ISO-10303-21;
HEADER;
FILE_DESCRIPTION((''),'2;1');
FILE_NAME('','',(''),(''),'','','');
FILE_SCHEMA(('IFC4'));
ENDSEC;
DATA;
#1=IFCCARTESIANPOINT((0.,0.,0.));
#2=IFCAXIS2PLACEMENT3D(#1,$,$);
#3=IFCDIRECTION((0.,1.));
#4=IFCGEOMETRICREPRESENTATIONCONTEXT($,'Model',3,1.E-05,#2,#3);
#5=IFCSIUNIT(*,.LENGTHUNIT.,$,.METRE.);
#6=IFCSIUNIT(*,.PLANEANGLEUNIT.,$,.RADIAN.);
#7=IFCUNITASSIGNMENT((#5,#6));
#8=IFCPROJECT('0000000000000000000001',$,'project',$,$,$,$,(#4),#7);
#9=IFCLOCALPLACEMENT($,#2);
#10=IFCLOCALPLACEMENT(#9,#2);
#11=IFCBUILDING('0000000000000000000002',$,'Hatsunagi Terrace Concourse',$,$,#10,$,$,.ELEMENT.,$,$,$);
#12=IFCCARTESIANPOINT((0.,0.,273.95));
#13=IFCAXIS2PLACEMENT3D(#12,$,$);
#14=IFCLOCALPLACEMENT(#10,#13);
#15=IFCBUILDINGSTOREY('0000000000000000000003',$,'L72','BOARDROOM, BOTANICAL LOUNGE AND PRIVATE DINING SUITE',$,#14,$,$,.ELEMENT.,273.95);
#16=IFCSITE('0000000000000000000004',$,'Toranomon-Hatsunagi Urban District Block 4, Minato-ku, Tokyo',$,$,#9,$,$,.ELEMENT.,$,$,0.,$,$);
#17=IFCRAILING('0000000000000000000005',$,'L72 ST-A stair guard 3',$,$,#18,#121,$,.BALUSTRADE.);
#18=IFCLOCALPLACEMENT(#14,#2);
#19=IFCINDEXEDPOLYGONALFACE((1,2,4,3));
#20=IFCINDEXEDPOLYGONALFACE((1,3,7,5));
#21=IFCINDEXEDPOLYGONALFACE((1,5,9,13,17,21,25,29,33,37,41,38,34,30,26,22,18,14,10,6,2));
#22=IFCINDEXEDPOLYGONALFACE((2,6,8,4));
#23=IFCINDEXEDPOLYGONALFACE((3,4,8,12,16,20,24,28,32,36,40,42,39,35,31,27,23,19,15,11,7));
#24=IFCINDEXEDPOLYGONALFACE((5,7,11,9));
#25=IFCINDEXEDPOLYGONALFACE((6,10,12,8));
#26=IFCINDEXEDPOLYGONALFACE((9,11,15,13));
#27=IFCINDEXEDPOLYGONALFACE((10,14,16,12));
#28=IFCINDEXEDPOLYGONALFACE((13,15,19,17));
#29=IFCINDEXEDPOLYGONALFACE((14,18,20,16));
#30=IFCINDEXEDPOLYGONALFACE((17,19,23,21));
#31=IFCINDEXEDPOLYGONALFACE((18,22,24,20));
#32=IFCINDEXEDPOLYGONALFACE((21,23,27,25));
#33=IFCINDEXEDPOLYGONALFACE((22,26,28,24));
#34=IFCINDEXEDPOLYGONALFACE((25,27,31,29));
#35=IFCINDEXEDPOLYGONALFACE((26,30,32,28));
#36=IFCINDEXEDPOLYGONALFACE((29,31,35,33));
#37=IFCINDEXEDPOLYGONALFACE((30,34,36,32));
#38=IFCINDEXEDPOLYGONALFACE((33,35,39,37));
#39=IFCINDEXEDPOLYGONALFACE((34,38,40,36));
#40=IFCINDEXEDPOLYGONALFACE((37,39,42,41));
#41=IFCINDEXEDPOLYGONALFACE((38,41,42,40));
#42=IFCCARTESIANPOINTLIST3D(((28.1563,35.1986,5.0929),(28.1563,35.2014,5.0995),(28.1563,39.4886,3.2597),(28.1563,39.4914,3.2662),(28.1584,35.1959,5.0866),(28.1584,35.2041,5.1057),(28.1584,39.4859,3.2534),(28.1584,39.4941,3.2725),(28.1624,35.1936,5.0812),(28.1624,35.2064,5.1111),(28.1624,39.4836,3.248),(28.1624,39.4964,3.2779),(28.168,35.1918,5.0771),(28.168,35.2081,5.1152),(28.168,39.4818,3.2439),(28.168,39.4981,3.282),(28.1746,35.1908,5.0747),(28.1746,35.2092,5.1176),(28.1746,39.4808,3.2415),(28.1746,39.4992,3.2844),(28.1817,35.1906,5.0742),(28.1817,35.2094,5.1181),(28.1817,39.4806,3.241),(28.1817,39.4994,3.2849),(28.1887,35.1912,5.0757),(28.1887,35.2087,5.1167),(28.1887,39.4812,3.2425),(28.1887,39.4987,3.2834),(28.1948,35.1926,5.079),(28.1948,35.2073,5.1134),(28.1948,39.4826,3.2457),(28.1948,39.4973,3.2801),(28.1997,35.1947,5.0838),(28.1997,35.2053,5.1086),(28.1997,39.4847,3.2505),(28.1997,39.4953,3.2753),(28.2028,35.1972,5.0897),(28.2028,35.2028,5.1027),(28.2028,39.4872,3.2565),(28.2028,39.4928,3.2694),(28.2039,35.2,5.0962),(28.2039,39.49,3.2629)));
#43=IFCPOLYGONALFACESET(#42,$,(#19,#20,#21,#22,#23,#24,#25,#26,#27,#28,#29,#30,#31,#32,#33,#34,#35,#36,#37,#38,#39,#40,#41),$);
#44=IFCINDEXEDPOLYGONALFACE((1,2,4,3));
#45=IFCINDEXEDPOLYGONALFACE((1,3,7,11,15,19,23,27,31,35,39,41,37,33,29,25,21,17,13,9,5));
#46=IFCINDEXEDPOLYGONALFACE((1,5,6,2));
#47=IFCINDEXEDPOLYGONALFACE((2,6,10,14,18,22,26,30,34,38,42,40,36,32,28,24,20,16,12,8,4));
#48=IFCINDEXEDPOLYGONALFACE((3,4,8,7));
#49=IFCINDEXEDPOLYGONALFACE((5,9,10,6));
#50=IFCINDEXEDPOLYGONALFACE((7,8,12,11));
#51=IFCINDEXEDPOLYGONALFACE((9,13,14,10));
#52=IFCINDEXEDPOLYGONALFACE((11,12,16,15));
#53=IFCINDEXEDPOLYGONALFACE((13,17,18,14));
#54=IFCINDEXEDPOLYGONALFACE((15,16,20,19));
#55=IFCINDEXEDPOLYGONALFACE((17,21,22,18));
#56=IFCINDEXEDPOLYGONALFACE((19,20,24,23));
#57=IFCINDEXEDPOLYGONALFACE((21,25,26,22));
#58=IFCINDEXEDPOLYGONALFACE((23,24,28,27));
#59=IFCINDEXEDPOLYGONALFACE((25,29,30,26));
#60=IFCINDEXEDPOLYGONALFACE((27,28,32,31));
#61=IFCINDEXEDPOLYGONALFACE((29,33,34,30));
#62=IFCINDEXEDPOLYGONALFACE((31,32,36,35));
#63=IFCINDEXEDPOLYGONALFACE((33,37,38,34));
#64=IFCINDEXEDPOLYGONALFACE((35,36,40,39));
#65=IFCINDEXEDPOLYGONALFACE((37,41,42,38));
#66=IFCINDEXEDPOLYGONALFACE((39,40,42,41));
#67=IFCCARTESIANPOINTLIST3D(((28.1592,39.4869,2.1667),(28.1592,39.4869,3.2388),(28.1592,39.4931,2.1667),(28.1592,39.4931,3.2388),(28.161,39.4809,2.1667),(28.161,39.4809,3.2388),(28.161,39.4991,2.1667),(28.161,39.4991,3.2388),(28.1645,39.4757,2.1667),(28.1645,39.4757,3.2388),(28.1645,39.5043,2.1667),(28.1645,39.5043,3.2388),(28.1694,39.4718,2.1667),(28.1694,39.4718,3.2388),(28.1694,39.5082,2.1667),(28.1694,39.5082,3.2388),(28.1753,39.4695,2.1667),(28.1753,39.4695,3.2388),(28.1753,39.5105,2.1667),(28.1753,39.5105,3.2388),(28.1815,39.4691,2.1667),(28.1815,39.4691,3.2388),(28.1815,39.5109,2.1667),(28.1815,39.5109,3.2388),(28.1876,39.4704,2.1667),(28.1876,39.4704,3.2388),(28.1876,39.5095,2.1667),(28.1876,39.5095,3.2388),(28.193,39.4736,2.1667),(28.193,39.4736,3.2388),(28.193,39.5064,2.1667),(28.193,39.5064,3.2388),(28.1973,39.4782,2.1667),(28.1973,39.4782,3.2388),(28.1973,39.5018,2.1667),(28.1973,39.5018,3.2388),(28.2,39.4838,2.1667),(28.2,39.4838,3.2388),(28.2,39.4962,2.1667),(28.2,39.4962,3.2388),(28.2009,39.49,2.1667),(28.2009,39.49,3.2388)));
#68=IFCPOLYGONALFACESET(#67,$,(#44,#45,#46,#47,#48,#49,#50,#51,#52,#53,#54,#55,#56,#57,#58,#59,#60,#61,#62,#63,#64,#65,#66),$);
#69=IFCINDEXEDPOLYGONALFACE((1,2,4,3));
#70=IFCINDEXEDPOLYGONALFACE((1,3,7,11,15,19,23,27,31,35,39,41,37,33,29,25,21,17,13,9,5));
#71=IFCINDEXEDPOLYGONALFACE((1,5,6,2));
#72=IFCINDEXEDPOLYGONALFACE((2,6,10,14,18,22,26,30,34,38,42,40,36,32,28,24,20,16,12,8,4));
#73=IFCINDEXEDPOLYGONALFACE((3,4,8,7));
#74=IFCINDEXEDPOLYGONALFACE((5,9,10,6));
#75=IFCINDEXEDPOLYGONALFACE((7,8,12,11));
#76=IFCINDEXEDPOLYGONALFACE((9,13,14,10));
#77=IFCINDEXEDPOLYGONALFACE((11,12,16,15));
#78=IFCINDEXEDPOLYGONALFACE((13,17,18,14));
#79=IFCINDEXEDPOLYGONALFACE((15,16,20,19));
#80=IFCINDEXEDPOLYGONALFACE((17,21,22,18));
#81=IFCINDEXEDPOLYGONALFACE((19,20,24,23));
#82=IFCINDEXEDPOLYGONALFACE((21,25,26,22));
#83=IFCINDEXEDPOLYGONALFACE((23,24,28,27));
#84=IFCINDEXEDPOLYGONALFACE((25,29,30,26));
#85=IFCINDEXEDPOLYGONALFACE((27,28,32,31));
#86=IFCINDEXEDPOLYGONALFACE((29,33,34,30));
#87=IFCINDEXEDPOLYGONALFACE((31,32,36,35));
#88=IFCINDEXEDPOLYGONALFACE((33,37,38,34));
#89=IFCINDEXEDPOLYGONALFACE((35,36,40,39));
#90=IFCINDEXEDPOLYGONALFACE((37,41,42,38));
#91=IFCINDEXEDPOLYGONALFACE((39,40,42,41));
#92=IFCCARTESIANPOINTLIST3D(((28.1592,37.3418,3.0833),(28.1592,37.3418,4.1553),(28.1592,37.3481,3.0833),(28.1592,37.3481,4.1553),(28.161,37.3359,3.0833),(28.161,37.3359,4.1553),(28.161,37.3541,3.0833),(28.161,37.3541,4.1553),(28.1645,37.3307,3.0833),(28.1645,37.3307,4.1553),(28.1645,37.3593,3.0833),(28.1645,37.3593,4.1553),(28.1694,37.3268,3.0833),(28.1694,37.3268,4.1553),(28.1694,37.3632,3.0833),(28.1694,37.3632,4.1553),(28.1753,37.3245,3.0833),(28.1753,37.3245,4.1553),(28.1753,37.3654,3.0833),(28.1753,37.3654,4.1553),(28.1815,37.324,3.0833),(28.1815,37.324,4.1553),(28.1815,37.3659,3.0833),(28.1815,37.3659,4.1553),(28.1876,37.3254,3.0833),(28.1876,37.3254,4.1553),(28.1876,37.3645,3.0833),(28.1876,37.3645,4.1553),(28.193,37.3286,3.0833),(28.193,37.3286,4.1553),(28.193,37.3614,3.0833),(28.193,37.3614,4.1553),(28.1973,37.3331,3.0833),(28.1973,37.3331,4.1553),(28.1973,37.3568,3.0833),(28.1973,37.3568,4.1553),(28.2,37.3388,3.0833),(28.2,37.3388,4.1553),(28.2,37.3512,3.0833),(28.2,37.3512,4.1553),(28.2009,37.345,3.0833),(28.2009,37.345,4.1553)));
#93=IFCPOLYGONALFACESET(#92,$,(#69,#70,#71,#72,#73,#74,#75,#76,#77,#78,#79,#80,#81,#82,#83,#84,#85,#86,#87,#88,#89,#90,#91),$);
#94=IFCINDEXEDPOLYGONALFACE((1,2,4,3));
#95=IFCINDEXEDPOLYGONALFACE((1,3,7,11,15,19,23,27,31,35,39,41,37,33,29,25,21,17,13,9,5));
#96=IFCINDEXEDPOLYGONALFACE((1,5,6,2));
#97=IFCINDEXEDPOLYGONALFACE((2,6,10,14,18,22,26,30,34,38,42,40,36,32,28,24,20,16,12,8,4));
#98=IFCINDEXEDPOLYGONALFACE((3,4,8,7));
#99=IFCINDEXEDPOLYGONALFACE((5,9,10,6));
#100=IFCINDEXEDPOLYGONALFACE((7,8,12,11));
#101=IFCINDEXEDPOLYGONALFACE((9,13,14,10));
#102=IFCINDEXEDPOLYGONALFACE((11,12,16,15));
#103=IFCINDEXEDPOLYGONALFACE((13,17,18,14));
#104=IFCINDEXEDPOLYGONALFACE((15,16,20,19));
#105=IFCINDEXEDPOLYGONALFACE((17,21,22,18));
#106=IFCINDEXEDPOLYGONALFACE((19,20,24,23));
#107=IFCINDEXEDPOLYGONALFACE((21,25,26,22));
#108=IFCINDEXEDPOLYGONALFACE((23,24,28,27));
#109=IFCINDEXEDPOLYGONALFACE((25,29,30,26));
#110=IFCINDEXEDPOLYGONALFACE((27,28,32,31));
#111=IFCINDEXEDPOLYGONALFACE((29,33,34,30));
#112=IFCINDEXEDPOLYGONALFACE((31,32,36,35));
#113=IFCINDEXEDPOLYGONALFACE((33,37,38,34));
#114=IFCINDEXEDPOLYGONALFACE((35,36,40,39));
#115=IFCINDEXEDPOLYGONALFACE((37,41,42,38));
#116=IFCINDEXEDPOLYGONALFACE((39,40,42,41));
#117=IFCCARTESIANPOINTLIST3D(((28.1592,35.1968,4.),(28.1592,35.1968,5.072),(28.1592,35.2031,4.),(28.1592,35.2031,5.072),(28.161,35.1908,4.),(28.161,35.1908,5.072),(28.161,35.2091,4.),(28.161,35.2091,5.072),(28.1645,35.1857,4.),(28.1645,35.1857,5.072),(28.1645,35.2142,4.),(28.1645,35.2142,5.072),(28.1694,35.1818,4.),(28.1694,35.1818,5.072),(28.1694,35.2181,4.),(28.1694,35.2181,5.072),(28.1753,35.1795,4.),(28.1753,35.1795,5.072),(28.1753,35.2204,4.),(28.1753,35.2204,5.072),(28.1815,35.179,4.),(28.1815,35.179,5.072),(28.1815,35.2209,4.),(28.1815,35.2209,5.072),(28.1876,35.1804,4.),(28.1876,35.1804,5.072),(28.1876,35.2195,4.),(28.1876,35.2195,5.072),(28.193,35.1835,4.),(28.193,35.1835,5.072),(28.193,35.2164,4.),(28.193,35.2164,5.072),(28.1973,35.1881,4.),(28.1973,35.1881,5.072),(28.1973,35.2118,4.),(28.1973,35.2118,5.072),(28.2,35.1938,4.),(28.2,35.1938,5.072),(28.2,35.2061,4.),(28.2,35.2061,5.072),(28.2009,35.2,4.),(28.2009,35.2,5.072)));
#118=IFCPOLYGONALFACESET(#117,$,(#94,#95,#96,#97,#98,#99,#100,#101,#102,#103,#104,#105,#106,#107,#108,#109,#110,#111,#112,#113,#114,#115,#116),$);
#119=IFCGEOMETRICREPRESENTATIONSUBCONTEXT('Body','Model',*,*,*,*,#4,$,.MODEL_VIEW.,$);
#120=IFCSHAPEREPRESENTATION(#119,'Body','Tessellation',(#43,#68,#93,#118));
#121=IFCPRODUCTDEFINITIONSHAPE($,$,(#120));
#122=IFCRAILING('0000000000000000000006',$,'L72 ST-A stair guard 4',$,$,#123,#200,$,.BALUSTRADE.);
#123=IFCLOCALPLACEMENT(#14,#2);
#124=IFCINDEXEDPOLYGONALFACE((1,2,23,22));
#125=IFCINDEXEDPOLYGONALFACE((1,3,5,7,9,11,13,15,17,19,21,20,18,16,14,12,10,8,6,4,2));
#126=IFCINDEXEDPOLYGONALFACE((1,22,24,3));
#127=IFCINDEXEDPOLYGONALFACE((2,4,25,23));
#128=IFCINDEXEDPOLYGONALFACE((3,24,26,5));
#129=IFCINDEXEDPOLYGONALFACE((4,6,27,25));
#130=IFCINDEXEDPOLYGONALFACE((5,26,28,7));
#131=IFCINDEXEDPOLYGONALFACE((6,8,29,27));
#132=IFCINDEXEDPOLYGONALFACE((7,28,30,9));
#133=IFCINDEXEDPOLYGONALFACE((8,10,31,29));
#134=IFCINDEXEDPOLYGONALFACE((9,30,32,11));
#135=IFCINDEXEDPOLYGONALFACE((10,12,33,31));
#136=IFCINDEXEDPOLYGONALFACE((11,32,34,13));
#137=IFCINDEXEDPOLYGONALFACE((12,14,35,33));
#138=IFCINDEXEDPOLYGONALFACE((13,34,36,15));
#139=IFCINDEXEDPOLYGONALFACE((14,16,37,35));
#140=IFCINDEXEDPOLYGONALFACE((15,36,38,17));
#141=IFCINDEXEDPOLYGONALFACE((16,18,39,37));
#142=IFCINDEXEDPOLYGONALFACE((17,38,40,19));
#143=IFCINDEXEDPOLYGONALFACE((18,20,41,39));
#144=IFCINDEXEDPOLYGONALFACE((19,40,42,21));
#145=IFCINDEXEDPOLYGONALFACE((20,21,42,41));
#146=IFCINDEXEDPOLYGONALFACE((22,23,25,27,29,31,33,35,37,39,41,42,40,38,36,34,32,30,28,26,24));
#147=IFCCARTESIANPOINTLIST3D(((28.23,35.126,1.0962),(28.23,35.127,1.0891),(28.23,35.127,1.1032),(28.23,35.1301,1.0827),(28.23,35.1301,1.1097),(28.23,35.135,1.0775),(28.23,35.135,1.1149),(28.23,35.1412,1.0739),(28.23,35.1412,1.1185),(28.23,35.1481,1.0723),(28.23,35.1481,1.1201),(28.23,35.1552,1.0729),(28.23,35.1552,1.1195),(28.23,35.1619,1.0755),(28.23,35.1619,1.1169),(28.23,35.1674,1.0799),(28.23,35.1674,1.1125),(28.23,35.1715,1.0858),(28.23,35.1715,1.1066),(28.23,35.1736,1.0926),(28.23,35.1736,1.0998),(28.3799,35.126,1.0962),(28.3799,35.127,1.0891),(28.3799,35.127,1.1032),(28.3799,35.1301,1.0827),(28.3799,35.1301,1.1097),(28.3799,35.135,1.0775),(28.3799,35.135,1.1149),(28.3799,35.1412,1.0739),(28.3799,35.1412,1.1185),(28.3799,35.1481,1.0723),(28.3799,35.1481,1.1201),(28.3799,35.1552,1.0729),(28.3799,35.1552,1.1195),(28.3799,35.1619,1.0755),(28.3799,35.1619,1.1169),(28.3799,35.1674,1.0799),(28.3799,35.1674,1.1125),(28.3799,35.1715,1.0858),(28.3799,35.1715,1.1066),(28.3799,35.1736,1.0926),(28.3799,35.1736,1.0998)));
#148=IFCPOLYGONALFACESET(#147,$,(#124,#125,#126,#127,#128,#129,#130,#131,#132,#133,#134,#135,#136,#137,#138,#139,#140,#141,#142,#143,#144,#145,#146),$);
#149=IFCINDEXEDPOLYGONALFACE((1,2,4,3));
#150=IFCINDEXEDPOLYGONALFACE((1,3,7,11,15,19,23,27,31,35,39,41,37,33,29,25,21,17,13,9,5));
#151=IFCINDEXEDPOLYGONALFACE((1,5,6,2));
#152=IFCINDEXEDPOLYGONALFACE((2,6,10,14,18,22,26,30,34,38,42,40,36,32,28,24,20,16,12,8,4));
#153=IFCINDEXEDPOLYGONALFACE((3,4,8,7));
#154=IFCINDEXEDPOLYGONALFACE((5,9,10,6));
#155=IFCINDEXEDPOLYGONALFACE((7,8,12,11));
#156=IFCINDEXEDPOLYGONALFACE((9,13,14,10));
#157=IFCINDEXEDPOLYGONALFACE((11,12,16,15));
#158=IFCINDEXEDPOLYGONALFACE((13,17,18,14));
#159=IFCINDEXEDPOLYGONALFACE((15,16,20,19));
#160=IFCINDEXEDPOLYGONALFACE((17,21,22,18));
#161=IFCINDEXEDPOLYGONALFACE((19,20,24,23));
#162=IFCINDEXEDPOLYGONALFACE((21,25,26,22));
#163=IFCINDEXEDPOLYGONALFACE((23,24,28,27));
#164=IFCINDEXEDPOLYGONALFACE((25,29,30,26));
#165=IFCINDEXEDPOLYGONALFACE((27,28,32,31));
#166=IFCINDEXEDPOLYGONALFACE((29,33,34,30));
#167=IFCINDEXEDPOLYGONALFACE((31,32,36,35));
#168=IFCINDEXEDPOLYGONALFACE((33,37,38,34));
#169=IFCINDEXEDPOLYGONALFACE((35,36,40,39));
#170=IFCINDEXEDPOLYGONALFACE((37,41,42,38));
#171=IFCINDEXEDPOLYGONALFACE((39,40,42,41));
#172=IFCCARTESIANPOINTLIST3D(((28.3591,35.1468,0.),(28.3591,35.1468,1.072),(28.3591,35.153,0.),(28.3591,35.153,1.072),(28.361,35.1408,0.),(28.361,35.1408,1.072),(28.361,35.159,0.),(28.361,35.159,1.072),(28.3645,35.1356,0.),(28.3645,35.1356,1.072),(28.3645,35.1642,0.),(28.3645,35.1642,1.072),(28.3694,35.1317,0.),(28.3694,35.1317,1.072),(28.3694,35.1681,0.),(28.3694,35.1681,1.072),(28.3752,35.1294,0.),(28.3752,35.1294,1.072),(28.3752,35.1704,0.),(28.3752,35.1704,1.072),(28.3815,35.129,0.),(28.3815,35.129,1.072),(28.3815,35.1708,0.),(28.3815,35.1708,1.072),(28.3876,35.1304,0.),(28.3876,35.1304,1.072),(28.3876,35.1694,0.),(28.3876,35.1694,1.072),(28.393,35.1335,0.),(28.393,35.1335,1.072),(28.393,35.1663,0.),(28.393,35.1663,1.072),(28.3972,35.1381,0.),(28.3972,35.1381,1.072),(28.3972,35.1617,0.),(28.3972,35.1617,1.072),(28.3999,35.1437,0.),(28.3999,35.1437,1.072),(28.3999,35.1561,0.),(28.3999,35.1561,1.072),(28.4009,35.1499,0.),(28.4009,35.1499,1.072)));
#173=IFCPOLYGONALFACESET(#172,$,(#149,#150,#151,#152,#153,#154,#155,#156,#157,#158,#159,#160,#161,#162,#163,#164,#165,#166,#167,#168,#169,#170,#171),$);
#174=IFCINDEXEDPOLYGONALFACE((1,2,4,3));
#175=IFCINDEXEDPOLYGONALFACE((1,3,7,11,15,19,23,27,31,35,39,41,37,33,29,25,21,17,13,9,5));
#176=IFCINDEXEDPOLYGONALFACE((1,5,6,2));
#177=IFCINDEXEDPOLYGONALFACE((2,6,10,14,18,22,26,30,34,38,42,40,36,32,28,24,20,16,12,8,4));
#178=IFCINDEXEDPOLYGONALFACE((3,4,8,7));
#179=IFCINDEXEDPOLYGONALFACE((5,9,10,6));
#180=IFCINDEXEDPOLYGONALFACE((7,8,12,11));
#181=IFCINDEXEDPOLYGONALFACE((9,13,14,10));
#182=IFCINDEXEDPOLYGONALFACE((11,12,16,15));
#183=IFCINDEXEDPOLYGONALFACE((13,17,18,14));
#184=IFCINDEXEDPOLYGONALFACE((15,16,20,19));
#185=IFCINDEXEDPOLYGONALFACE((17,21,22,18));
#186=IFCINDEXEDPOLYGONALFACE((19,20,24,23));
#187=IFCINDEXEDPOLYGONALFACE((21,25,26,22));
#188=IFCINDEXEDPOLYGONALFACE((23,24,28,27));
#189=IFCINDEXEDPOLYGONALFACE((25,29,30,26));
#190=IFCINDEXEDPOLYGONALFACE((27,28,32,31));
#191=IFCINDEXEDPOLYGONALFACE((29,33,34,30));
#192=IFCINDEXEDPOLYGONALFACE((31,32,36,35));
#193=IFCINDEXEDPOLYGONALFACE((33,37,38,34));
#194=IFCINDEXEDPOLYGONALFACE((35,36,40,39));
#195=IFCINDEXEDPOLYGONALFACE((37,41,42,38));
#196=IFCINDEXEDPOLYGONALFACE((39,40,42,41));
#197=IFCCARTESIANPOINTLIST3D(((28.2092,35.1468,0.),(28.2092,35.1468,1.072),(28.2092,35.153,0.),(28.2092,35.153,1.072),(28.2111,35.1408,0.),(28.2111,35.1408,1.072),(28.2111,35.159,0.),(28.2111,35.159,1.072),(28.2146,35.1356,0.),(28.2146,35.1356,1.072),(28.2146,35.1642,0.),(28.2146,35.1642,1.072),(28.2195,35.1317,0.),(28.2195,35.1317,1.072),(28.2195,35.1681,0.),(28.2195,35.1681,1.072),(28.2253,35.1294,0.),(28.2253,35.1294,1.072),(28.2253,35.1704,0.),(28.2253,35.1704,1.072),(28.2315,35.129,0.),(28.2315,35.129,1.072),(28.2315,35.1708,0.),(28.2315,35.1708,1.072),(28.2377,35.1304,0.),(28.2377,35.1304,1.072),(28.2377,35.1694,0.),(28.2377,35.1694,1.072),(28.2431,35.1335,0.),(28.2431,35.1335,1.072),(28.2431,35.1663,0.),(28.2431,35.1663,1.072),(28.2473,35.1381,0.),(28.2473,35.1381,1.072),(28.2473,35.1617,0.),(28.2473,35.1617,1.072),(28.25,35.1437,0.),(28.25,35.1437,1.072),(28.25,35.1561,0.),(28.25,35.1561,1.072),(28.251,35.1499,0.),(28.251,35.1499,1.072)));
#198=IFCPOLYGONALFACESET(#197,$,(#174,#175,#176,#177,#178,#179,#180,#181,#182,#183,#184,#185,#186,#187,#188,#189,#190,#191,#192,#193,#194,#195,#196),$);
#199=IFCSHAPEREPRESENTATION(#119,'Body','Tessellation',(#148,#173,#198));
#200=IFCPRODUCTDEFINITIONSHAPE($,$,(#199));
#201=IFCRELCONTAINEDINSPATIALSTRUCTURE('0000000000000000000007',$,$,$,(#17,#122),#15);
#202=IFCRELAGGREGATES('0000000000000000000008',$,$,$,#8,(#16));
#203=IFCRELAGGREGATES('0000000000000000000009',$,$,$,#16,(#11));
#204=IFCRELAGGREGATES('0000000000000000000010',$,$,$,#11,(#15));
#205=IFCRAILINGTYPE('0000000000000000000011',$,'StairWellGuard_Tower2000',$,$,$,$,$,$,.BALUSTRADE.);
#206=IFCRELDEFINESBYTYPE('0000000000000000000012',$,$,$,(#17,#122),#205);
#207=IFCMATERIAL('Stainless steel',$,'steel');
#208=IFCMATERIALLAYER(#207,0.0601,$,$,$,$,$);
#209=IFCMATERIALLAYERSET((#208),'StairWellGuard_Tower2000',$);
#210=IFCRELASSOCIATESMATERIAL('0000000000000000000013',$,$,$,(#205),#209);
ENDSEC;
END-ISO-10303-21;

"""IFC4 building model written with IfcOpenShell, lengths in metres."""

from ifc_helpers import new_model, si_unit, direction, frame, origin, origin_2d, place, context, subcontext, project, spatial, circle, extrude, material, layer, layer_set, type_object, element, save


model = new_model("IFC4")

# Units and contexts
model_context = context("Model", 3, precision=1e-05, world=origin(), true_north=direction((0.0, 1.0)))
body_context = subcontext(model_context, "Body", "Model", "MODEL_VIEW")
ifc_project = project(units=[si_unit("LENGTHUNIT", "METRE"), si_unit("PLANEANGLEUNIT", "RADIAN")], contexts=[model_context])

# Site, building, storey
site_placement = place(None, origin())
site = spatial("IfcSite", under=ifc_project, at=site_placement, Name="Toranomon-Hatsunagi Urban District Block 4, Minato-ku, Tokyo", CompositionType="ELEMENT", RefElevation=0.0)
building_placement = place(site_placement, origin())
building = spatial("IfcBuilding", under=site, at=building_placement, Name="Hatsunagi Terrace Concourse", CompositionType="ELEMENT")
storey_placement = place(building_placement, frame((0.0, 0.0, 273.95)))
storey = spatial("IfcBuildingStorey", under=building, at=storey_placement, Name="L72", Description="BOARDROOM, BOTANICAL LOUNGE AND PRIVATE DINING SUITE", CompositionType="ELEMENT", Elevation=273.95)

# Railings
ifc_material_1 = material(Name="Stainless steel", Category="steel")
ifc_layer_1 = layer(ifc_material_1, 0.0601)
ifc_layer_set_1 = layer_set([ifc_layer_1], Name="StairWellGuard_Tower2000")
railing_type_1 = type_object("IfcRailingType", Name="StairWellGuard_Tower2000", PredefinedType="BALUSTRADE", material=ifc_layer_set_1)
railing_1_placement = place(storey_placement, frame((28.1799, 39.49, 2.1667)))
element("IfcRailing", 1, at=railing_1_placement, inside=storey, type_object=railing_type_1, Name="L72 ST-A stair guard 3", PredefinedType="BALUSTRADE", context=body_context, shape_type="SweptSolid", body=[
    extrude(circle(Radius=0.0239, at=origin_2d()), frame((0.0, 0.0, 1.0962), z_axis=(0.0, -0.919559, 0.392953), x_axis=(1.0, 0.0, 0.0)), (0.0, 0.0, 1.0), 4.6653),
    extrude(circle(Radius=0.021, at=origin_2d()), origin(), (0.0, 0.0, 1.0), 1.072),
    extrude(circle(Radius=0.021, at=origin_2d()), frame((0.0, -2.145, 0.9165)), (0.0, 0.0, 1.0), 1.072),
    extrude(circle(Radius=0.021, at=origin_2d()), frame((0.0, -4.29, 1.8333)), (0.0, 0.0, 1.0), 1.072),
])
railing_2_placement = place(storey_placement, frame((28.3799, 35.1499, 0.0)))
element("IfcRailing", 2, at=railing_2_placement, inside=storey, type_object=railing_type_1, Name="L72 ST-A stair guard 4", PredefinedType="BALUSTRADE", context=body_context, shape_type="SweptSolid", body=[
    extrude(circle(Radius=0.0239, at=origin_2d()), frame((0.0, 0.0, 1.0962), z_axis=(-1.0, 0.0, 0.0), x_axis=(0.0, -1.0, 0.0)), (0.0, 0.0, 1.0), 0.1499),
    extrude(circle(Radius=0.021, at=origin_2d()), origin(), (0.0, 0.0, 1.0), 1.072),
    extrude(circle(Radius=0.021, at=origin_2d()), frame((-0.1499, 0.0, 0.0)), (0.0, 0.0, 1.0), 1.072),
])

save(model, "model.ifc")
